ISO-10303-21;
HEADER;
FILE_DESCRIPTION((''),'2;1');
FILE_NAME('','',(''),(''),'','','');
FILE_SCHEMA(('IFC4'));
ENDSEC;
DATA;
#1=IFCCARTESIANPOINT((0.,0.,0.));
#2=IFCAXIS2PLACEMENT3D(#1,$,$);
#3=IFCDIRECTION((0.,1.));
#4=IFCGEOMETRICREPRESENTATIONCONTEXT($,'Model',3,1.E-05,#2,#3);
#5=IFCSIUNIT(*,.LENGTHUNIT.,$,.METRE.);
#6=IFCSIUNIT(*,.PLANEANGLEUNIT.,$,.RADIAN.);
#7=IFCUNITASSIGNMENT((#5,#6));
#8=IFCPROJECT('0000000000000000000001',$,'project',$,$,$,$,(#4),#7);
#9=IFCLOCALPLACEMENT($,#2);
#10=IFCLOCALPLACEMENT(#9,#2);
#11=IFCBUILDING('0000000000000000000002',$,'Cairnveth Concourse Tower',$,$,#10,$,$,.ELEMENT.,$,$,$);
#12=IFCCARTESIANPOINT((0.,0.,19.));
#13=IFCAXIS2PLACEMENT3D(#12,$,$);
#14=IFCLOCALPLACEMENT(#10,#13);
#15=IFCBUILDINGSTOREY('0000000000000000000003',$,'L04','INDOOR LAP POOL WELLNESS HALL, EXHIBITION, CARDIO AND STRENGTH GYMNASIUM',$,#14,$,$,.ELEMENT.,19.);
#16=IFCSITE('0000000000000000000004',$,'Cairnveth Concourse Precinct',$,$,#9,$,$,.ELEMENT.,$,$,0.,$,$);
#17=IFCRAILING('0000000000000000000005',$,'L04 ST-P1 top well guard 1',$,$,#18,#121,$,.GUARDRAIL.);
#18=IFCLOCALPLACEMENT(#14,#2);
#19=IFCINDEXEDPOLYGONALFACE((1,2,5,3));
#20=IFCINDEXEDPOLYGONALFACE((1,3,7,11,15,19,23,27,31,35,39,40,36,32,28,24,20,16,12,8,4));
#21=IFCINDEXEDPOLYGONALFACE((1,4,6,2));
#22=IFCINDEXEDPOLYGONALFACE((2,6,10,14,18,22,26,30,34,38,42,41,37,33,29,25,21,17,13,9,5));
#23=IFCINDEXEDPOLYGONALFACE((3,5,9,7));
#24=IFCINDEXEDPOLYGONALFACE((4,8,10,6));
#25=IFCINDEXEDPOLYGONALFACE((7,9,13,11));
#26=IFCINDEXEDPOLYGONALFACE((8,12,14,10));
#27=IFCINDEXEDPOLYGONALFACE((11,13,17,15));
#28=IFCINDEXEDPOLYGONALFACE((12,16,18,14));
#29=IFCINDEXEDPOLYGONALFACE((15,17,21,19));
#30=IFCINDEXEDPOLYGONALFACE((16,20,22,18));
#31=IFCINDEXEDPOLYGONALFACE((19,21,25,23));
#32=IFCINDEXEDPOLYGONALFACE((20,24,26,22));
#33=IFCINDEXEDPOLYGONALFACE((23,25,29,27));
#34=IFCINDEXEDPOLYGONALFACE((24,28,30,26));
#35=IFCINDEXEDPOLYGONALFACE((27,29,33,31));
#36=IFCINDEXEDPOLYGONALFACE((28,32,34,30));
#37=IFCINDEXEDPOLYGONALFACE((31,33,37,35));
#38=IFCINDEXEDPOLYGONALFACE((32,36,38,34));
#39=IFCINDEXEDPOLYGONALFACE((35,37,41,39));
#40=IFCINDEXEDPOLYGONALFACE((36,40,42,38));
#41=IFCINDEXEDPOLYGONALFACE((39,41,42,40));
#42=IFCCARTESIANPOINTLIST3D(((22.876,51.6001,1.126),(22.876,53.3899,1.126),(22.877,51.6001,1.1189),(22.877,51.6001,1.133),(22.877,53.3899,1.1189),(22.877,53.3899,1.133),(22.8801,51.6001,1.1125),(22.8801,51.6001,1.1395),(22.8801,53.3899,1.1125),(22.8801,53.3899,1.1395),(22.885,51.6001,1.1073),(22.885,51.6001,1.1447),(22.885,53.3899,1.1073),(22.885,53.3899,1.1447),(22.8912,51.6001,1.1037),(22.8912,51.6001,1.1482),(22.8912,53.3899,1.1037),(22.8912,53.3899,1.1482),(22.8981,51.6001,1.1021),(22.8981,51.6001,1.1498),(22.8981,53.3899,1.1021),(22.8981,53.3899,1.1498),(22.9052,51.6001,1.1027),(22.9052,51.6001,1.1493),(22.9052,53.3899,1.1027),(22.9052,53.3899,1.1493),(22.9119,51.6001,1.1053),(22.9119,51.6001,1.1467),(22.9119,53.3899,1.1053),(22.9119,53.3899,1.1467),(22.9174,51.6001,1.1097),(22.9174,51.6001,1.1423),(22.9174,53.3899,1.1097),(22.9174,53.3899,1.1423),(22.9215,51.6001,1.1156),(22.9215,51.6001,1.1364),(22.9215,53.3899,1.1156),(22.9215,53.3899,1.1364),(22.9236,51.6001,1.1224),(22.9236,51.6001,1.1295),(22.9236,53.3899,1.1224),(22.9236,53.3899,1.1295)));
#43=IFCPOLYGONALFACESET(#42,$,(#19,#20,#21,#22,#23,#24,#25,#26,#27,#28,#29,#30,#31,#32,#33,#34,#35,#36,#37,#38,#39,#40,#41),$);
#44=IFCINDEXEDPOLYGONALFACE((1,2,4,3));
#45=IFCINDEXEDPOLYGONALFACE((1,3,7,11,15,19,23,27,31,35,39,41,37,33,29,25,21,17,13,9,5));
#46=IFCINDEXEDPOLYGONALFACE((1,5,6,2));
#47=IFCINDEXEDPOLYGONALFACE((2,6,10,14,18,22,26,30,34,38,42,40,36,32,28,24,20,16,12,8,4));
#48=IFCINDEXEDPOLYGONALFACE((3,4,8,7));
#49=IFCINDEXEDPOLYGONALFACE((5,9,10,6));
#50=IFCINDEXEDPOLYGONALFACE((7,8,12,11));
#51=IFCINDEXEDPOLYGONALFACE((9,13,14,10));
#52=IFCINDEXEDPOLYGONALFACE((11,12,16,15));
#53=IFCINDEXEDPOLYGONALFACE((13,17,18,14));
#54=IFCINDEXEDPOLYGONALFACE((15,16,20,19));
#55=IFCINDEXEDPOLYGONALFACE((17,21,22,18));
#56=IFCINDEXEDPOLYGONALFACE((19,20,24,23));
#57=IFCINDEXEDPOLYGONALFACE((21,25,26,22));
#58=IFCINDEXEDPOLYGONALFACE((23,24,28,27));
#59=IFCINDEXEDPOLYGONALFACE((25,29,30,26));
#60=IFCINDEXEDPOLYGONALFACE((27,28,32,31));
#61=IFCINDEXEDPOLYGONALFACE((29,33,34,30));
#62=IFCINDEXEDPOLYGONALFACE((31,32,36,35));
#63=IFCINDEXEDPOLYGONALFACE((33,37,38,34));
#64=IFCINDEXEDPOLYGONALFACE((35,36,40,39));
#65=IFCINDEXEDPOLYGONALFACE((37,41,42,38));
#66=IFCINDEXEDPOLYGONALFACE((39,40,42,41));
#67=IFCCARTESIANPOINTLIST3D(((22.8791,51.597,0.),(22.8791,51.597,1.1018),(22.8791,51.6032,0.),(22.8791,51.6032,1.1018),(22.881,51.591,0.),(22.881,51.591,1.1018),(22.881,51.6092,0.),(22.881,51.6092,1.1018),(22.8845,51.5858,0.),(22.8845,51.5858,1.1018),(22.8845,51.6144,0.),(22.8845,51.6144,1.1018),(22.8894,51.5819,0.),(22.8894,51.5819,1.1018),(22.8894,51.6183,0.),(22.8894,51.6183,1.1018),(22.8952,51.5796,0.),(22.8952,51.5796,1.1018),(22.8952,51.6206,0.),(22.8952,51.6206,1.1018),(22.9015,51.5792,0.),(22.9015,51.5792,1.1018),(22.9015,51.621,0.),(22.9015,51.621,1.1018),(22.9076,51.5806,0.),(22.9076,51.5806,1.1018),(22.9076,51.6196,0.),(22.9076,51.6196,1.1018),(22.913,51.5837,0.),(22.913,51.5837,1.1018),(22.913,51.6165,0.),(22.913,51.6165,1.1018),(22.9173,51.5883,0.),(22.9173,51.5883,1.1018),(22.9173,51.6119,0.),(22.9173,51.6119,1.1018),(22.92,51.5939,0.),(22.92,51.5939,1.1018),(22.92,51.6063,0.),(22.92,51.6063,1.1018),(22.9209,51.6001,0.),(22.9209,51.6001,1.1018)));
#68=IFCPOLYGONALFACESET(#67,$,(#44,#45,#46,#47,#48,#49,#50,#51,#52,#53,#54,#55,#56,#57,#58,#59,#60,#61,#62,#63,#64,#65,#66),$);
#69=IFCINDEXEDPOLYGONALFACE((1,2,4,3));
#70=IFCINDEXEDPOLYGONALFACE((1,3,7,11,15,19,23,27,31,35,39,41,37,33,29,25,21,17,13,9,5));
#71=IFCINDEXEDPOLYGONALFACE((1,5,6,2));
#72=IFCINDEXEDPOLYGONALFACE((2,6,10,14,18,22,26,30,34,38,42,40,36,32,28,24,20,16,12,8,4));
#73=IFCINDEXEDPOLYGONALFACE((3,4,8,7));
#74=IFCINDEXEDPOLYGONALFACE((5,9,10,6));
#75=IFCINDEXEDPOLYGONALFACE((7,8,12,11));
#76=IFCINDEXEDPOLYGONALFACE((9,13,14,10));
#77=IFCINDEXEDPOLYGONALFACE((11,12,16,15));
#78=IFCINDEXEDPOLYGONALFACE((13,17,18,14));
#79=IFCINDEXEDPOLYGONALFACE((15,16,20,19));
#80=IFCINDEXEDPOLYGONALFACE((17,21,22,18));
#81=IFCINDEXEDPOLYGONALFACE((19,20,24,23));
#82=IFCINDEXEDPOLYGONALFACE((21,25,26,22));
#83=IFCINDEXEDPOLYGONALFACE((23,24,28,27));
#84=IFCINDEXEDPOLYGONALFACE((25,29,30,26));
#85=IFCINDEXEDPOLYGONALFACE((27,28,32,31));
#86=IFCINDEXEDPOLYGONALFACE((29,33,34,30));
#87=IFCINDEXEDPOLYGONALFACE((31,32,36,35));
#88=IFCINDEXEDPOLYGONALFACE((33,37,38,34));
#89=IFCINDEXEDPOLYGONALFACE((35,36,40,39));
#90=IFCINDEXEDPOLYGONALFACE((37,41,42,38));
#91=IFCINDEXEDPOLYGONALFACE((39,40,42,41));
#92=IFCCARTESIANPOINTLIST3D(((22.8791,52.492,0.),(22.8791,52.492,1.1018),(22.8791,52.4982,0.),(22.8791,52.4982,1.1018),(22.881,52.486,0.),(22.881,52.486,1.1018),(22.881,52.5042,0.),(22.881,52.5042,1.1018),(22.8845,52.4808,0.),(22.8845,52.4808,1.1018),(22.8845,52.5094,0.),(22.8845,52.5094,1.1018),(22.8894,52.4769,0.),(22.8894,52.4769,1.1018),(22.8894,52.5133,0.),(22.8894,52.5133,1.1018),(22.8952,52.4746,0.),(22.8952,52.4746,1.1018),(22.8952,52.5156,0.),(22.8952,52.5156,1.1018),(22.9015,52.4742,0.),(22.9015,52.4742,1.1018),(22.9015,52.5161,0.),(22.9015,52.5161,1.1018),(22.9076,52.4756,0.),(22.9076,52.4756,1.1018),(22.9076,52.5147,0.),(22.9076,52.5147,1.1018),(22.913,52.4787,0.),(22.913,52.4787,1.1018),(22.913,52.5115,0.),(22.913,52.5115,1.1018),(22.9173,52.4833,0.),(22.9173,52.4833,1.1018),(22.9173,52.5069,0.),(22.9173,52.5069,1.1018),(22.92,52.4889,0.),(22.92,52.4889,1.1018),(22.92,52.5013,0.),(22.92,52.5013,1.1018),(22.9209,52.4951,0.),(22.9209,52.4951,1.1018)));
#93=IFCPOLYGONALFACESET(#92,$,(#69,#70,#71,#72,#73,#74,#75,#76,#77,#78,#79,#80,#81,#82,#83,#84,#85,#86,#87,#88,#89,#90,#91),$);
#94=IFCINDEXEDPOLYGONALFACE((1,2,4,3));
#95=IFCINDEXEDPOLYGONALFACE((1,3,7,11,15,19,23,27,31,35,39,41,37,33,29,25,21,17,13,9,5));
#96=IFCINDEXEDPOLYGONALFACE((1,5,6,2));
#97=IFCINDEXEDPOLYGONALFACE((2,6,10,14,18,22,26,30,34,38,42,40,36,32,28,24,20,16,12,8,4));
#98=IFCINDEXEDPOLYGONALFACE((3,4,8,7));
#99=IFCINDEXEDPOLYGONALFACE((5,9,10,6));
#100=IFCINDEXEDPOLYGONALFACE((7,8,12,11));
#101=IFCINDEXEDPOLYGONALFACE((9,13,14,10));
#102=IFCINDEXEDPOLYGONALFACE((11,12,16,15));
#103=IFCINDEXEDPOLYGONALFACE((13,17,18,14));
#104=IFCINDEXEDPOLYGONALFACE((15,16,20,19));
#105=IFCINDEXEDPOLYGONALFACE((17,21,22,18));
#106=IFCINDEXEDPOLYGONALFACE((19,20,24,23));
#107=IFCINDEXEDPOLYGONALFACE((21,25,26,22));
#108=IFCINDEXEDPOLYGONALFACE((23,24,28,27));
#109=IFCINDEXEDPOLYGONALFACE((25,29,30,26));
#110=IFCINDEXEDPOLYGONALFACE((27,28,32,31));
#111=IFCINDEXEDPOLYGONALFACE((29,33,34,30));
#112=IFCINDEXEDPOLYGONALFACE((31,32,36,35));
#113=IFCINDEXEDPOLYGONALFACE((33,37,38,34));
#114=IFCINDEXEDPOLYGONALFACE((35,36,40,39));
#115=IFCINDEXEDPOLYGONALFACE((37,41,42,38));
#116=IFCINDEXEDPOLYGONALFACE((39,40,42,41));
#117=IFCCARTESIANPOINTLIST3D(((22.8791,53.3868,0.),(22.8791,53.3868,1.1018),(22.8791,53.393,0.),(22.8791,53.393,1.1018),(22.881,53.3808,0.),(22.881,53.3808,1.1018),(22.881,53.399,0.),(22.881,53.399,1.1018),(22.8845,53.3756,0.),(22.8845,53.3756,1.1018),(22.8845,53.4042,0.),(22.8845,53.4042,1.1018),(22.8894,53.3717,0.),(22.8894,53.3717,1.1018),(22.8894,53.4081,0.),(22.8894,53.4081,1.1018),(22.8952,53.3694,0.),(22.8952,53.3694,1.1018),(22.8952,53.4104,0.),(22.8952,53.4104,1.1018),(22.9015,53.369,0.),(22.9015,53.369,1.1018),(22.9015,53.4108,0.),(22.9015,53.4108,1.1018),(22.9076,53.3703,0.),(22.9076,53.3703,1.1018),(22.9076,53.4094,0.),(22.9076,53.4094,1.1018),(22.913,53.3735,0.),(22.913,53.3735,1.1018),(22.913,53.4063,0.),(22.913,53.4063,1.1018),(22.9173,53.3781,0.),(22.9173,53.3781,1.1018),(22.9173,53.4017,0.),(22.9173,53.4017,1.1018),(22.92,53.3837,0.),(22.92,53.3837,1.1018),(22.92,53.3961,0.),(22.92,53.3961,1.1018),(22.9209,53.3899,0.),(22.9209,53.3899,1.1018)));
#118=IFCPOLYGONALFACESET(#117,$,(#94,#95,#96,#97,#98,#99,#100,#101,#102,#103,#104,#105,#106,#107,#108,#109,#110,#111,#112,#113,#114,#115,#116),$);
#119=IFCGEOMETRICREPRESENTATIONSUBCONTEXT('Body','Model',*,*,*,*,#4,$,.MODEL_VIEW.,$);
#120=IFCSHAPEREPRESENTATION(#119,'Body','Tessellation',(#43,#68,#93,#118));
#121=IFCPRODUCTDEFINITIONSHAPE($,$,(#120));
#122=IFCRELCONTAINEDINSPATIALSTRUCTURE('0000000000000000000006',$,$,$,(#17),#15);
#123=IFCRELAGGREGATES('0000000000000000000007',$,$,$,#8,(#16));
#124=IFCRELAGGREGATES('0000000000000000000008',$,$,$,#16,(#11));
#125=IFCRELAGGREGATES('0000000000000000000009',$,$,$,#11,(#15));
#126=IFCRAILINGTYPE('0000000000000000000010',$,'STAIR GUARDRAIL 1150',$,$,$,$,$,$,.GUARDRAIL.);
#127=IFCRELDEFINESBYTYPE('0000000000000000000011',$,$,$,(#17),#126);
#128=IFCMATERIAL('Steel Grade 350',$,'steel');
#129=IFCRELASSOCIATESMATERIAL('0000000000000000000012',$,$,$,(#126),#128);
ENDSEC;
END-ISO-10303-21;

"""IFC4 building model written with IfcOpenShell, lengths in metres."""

from ifc_helpers import new_model, si_unit, direction, frame, origin, origin_2d, place, context, subcontext, project, spatial, circle, extrude, material, type_object, element, save


model = new_model("IFC4")

# Units and contexts
model_context = context("Model", 3, precision=1e-05, world=origin(), true_north=direction((0.0, 1.0)))
body_context = subcontext(model_context, "Body", "Model", "MODEL_VIEW")
ifc_project = project(units=[si_unit("LENGTHUNIT", "METRE"), si_unit("PLANEANGLEUNIT", "RADIAN")], contexts=[model_context])

# Site, building, storey
site_placement = place(None, origin())
site = spatial("IfcSite", under=ifc_project, at=site_placement, Name="Cairnveth Concourse Precinct", CompositionType="ELEMENT", RefElevation=0.0)
building_placement = place(site_placement, origin())
building = spatial("IfcBuilding", under=site, at=building_placement, Name="Cairnveth Concourse Tower", CompositionType="ELEMENT")
storey_placement = place(building_placement, frame((0.0, 0.0, 19.0)))
storey = spatial("IfcBuildingStorey", under=building, at=storey_placement, Name="L04", Description="INDOOR LAP POOL WELLNESS HALL, EXHIBITION, CARDIO AND STRENGTH GYMNASIUM", CompositionType="ELEMENT", Elevation=19.0)

# Shared definitions
ifc_material_1 = material(Name="Steel Grade 350", Category="steel")

# Railing
railing_type = type_object("IfcRailingType", Name="STAIR GUARDRAIL 1150", PredefinedType="GUARDRAIL", material=ifc_material_1)
railing_placement = place(storey_placement, frame((22.8999, 51.6001, 0.0)))
element("IfcRailing", 1, at=railing_placement, inside=storey, type_object=railing_type, Name="L04 ST-P1 top well guard 1", PredefinedType="GUARDRAIL", context=body_context, shape_type="SweptSolid", body=[
    extrude(circle(Radius=0.0239, at=origin_2d()), frame((0.0, 0.0, 1.126), z_axis=(0.0, 1.0, 0.0), x_axis=(-1.0, 0.0, 0.0)), (0.0, 0.0, 1.0), 1.7898),
    extrude(circle(Radius=0.021, at=origin_2d()), origin(), (0.0, 0.0, 1.0), 1.1018),
    extrude(circle(Radius=0.021, at=origin_2d()), frame((0.0, 0.895, 0.0)), (0.0, 0.0, 1.0), 1.1018),
    extrude(circle(Radius=0.021, at=origin_2d()), frame((0.0, 1.7898, 0.0)), (0.0, 0.0, 1.0), 1.1018),
])

save(model, "model.ifc")
